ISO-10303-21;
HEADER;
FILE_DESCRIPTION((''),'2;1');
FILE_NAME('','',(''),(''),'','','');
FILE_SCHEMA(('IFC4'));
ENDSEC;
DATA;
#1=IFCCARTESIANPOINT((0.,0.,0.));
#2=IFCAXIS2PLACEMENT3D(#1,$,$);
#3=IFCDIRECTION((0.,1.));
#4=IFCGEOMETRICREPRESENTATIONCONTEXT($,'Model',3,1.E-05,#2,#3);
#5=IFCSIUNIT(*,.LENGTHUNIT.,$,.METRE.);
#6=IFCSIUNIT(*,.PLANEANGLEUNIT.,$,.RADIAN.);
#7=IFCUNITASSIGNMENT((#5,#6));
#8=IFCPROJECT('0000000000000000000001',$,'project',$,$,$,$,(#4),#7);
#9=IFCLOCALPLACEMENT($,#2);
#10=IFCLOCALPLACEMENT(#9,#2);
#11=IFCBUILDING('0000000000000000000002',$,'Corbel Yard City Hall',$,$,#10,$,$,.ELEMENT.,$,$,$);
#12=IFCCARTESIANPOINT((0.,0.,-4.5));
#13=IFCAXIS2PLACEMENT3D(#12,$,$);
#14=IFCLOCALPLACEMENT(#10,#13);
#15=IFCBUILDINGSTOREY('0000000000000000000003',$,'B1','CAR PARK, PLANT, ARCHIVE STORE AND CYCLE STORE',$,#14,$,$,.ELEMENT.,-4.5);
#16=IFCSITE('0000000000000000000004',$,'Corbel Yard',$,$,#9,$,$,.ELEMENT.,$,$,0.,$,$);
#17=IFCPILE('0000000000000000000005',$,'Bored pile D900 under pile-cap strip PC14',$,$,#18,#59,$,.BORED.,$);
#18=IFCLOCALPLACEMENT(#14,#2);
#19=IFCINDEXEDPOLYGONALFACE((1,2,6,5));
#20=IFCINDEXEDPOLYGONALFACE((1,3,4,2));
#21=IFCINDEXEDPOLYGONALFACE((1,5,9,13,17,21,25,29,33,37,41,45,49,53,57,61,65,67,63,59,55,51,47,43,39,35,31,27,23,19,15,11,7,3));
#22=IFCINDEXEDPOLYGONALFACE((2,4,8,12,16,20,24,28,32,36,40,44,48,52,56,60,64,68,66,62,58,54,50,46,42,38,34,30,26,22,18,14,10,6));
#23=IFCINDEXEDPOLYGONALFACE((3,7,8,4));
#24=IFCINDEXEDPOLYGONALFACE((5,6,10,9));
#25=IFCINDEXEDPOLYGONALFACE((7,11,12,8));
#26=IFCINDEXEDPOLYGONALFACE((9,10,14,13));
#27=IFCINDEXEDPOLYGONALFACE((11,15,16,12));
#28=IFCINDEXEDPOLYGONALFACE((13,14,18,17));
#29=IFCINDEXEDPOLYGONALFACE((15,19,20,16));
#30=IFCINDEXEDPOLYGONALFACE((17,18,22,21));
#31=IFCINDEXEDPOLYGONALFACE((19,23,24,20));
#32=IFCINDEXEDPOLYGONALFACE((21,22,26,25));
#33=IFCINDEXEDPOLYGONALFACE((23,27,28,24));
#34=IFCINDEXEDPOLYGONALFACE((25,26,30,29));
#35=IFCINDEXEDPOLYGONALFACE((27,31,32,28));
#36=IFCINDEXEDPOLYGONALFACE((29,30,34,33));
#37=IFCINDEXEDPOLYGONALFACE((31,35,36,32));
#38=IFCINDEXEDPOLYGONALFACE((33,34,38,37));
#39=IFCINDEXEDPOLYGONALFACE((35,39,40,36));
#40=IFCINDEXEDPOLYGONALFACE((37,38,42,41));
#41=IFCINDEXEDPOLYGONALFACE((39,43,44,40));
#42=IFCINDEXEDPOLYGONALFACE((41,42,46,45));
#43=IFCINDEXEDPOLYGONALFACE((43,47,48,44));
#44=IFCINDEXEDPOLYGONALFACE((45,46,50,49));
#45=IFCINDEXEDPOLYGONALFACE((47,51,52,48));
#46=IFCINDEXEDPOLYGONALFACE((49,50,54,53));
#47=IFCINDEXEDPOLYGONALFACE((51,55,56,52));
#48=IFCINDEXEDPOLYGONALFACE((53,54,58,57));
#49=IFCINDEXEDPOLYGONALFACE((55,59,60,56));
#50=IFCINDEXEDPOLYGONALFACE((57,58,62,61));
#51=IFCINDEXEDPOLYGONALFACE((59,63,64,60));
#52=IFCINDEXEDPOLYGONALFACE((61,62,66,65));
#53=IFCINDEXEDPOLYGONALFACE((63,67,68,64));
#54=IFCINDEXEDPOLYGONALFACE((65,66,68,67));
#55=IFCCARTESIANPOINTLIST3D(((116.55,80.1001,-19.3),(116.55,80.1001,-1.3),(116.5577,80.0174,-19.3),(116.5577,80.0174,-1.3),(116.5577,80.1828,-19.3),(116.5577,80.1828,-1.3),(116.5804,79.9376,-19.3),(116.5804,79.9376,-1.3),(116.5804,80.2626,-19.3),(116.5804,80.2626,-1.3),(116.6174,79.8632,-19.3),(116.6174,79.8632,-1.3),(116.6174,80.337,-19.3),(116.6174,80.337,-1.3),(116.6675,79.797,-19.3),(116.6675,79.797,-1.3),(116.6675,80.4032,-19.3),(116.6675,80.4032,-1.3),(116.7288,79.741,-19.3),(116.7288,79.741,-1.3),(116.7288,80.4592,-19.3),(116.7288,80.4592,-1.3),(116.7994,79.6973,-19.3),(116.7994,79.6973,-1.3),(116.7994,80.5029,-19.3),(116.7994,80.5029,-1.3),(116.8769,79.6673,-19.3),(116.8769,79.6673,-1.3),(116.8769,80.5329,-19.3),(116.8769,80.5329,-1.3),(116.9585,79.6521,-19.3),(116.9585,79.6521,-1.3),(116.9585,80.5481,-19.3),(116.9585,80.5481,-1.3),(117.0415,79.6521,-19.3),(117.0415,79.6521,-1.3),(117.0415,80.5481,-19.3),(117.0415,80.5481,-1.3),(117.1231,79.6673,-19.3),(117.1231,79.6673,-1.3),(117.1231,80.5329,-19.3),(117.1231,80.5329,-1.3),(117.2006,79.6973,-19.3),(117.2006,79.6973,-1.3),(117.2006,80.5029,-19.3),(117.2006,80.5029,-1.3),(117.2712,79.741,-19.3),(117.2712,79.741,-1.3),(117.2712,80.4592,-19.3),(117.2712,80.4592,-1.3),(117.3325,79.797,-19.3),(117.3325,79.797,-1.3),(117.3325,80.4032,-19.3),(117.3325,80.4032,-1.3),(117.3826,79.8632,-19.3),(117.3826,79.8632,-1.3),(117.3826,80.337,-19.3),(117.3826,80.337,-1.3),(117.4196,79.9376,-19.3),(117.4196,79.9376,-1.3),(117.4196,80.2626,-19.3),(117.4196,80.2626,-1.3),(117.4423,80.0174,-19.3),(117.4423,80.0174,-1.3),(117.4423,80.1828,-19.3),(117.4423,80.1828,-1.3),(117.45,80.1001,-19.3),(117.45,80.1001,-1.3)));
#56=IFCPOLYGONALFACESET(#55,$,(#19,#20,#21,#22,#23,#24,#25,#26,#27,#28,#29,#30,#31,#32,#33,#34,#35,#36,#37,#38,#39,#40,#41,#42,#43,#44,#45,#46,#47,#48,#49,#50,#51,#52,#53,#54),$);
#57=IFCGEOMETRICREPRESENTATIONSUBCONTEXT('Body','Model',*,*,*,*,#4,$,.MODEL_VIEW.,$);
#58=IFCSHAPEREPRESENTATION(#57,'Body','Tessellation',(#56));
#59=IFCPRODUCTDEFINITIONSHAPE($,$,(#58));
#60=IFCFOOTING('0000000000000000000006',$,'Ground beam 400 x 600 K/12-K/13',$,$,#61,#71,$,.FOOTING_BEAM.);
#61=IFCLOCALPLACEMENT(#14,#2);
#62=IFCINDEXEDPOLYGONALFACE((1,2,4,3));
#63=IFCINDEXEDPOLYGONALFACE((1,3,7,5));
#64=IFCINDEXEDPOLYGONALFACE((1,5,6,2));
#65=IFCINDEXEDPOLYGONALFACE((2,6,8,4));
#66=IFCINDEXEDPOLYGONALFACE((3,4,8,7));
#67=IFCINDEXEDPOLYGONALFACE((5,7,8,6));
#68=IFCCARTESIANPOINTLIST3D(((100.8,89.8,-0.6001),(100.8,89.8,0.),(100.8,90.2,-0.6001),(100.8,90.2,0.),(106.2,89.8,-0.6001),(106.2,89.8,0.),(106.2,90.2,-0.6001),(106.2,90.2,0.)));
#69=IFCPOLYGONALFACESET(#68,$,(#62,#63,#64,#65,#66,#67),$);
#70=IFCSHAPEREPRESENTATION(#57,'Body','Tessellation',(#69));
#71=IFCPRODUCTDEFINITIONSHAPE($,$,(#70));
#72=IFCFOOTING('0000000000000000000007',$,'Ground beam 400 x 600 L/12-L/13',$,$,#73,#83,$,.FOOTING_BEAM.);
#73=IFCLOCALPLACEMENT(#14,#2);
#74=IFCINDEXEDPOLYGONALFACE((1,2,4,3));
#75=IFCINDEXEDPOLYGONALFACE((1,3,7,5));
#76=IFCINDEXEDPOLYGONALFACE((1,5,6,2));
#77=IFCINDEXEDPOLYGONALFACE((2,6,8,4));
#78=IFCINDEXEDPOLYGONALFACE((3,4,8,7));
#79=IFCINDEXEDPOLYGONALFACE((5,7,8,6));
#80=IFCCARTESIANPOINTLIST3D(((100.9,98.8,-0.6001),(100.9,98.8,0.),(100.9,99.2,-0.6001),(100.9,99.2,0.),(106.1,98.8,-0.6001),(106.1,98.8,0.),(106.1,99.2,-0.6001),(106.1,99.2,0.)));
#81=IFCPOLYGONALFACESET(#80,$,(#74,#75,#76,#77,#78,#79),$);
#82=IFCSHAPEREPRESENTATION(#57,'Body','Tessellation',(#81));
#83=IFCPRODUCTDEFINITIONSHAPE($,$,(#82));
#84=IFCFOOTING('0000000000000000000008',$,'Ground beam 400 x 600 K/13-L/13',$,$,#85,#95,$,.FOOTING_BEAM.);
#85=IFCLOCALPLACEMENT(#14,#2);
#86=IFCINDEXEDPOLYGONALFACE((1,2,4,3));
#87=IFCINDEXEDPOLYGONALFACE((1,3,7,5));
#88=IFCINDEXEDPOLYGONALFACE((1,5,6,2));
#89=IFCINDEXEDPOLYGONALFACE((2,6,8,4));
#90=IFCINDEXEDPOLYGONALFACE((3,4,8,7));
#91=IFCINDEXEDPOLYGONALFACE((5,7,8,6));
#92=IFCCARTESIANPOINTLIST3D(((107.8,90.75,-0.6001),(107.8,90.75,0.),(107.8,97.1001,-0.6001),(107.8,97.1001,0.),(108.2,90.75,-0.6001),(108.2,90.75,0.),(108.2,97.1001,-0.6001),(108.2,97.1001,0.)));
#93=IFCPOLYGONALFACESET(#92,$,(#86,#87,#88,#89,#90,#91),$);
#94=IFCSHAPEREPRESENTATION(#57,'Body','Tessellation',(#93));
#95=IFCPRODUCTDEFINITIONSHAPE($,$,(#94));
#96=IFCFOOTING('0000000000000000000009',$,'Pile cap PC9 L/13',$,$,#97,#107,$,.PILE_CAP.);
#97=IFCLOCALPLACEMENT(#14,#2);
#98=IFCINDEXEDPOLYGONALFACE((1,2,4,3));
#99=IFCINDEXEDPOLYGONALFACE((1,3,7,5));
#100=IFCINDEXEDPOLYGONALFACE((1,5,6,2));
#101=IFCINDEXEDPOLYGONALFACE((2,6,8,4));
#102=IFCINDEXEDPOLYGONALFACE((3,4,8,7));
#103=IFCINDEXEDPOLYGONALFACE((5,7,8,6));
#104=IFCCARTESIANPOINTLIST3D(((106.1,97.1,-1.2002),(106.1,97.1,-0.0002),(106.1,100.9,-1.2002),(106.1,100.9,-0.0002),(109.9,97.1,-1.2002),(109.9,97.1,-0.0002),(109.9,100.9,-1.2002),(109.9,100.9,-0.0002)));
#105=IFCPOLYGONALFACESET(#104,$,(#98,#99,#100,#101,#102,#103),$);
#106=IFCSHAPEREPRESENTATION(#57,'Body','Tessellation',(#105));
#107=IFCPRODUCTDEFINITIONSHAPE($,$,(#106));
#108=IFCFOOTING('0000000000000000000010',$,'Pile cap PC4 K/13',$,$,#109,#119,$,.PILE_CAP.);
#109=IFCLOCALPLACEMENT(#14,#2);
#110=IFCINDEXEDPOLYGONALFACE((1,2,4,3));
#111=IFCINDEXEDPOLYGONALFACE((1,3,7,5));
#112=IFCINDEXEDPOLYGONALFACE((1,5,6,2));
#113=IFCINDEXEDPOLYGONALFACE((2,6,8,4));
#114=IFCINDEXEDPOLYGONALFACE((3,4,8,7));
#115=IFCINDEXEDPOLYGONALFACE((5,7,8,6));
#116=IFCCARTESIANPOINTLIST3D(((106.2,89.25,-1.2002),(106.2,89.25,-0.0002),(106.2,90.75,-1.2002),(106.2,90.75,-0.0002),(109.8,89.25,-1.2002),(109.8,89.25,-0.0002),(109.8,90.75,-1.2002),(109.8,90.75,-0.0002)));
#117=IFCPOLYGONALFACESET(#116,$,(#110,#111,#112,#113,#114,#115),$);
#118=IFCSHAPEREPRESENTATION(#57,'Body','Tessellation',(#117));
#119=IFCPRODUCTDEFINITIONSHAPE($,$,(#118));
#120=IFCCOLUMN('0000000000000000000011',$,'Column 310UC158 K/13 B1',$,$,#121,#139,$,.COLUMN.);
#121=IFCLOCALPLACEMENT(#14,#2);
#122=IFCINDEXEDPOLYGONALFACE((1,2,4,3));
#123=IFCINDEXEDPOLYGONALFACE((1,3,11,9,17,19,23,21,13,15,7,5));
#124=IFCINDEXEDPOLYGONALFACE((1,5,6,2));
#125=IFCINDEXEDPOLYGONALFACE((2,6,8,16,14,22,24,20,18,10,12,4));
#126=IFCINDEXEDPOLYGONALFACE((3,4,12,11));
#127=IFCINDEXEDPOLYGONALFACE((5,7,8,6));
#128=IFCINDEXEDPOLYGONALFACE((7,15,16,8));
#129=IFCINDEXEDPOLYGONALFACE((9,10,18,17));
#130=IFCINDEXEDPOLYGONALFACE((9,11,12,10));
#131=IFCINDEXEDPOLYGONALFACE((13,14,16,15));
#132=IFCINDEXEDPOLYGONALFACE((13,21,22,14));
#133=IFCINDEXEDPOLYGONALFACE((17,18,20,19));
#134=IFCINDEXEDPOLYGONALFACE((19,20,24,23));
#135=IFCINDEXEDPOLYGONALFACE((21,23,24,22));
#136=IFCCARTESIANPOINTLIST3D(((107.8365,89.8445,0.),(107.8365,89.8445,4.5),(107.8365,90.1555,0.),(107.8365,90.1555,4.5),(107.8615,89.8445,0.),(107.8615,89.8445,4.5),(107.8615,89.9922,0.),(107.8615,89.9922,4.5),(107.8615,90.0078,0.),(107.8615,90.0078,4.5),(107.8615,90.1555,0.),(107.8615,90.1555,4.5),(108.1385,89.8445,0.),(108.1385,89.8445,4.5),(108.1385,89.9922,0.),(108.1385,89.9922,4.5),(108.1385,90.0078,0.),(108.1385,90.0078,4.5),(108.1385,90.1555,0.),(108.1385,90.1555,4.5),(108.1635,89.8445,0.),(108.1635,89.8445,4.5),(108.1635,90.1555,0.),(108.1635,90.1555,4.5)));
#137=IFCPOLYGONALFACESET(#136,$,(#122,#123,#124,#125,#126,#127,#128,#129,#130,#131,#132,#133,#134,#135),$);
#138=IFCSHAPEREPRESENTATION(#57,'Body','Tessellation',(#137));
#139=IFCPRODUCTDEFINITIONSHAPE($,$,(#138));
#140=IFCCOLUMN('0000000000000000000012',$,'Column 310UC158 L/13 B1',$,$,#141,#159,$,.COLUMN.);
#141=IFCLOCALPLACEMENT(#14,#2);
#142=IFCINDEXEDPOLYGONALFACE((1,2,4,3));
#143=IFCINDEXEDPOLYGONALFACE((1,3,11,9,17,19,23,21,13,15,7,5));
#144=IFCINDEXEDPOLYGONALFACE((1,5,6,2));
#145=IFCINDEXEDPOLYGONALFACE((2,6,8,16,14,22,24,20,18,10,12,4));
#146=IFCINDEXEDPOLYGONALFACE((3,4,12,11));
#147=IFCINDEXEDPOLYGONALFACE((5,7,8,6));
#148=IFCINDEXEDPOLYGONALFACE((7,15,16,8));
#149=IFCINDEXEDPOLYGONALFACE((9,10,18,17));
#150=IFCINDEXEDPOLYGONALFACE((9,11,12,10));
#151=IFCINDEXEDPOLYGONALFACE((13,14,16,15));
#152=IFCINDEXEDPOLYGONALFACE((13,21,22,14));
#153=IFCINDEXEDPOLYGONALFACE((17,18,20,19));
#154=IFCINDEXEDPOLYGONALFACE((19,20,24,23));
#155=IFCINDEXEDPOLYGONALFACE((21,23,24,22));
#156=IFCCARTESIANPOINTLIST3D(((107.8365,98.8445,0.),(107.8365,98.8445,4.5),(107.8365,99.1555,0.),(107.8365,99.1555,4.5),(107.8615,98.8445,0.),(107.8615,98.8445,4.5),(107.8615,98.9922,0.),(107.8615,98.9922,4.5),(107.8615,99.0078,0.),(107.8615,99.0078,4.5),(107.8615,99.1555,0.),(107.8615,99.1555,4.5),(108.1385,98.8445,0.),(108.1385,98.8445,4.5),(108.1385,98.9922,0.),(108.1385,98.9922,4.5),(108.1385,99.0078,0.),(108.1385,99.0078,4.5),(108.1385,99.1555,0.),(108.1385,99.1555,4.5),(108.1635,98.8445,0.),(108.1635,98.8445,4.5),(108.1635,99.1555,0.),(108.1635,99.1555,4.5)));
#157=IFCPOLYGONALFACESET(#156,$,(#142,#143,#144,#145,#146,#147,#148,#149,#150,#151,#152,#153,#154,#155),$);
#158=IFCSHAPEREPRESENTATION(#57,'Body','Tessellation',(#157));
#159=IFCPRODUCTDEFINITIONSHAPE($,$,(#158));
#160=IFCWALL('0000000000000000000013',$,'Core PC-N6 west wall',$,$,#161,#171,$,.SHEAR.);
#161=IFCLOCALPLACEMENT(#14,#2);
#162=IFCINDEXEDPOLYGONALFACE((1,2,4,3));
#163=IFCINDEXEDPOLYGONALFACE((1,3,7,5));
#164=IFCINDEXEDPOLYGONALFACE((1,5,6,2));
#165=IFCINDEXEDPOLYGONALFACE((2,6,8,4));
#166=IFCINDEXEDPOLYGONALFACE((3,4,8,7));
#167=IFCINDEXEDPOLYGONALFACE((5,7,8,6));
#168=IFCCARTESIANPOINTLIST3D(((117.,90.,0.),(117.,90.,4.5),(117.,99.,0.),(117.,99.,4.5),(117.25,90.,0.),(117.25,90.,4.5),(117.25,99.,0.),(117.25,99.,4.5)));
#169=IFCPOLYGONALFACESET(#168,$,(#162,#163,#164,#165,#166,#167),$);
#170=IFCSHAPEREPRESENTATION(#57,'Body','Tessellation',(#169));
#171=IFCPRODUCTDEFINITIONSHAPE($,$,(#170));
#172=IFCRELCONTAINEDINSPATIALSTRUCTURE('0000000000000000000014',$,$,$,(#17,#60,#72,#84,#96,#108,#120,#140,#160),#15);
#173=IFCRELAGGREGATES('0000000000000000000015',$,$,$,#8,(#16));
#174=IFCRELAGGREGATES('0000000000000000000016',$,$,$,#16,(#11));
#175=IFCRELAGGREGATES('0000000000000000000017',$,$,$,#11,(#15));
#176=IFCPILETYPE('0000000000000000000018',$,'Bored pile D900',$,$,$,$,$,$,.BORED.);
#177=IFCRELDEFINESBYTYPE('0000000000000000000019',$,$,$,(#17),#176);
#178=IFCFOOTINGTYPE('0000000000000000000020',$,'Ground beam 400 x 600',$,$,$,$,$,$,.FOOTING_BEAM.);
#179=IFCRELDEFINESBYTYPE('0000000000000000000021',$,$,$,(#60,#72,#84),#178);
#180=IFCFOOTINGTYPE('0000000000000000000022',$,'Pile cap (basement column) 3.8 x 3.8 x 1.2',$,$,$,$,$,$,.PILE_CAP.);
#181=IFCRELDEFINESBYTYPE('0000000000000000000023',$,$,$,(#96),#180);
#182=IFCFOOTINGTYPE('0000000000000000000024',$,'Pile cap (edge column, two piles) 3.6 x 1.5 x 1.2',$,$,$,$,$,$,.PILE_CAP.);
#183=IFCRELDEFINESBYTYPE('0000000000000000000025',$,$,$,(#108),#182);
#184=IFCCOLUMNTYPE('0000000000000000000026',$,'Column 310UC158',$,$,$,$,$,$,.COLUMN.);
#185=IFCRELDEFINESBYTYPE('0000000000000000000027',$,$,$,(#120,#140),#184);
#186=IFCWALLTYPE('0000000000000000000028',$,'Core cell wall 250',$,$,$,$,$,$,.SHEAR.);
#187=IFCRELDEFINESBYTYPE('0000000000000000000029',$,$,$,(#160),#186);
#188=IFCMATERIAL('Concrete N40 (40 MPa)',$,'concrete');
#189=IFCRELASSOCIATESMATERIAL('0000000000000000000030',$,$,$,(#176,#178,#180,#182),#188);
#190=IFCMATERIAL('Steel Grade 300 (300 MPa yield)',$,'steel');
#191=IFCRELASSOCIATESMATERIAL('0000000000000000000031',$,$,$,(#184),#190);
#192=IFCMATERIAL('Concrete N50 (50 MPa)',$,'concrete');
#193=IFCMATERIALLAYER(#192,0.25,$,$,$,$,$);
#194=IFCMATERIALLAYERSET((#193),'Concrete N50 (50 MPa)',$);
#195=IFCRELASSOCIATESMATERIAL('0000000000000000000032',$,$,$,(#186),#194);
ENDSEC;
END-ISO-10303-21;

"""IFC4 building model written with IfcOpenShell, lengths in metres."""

from ifc_helpers import new_model, si_unit, direction, frame, frame_2d, origin, origin_2d, place, context, subcontext, project, spatial, rectangle, circle, i_section, extrude, material, layer, layer_set, material_profile, profile_set, type_object, element, save


model = new_model("IFC4")

# Units and contexts
model_context = context("Model", 3, precision=1e-05, world=origin(), true_north=direction((0.0, 1.0)))
body_context = subcontext(model_context, "Body", "Model", "MODEL_VIEW")
ifc_project = project(units=[si_unit("LENGTHUNIT", "METRE"), si_unit("PLANEANGLEUNIT", "RADIAN")], contexts=[model_context])

# Site, building, storey
site_placement = place(None, origin())
site = spatial("IfcSite", under=ifc_project, at=site_placement, Name="Corbel Yard", CompositionType="ELEMENT", RefElevation=0.0)
building_placement = place(site_placement, origin())
building = spatial("IfcBuilding", under=site, at=building_placement, Name="Corbel Yard City Hall", CompositionType="ELEMENT")
storey_placement = place(building_placement, frame((0.0, 0.0, -4.5)))
storey = spatial("IfcBuildingStorey", under=building, at=storey_placement, Name="B1", Description="CAR PARK, PLANT, ARCHIVE STORE AND CYCLE STORE", CompositionType="ELEMENT", Elevation=-4.5)

# Pile
ifc_material_1 = material(Name="Concrete N40 (40 MPa)", Category="concrete")
ifc_material_profile_1 = material_profile(ifc_material_1, circle(Radius=0.45, at=origin_2d()), Name="D900")
ifc_profile_set_1 = profile_set([ifc_material_profile_1], Name="Concrete N40 (40 MPa)")
pile_type = type_object("IfcPileType", Name="Bored pile D900", PredefinedType="BORED", material=ifc_profile_set_1)
for number, where, z_axis, x_axis, name in (
    (1, (117.0, 80.1001, -1.3), (0.0, 0.0, -1.0), (1.0, 0.0, 0.0), "Bored pile D900 under pile-cap strip PC14"),
):
    element("IfcPile", number, at=place(storey_placement, frame(where, z_axis=z_axis, x_axis=x_axis)), inside=storey, type_object=pile_type, Name=name, PredefinedType="BORED", context=body_context, shape_type="SweptSolid", body=[
        extrude(circle(Radius=0.45, at=origin_2d()), origin(), (0.0, 0.0, 1.0), 18.0),
    ])

# Footings
footing_type_1 = type_object("IfcFootingType", Name="Ground beam 400 x 600", PredefinedType="FOOTING_BEAM", material=ifc_material_1)
footing_1_placement = place(storey_placement, frame((103.5, 90.0, -0.6001), z_axis=(0.0, 0.0, 1.0), x_axis=(1.0, 0.0, 0.0)))
element("IfcFooting", 2, at=footing_1_placement, inside=storey, type_object=footing_type_1, Name="Ground beam 400 x 600 K/12-K/13", PredefinedType="FOOTING_BEAM", context=body_context, shape_type="SweptSolid", body=[
    extrude(rectangle(XDim=5.3999, YDim=0.3999, at=origin_2d()), origin(), (0.0, 0.0, 1.0), 0.6001),
])
footing_2_placement = place(storey_placement, frame((103.5, 99.0, -0.6001), z_axis=(0.0, 0.0, 1.0), x_axis=(1.0, 0.0, 0.0)))
element("IfcFooting", 3, at=footing_2_placement, inside=storey, type_object=footing_type_1, Name="Ground beam 400 x 600 L/12-L/13", PredefinedType="FOOTING_BEAM", context=body_context, shape_type="SweptSolid", body=[
    extrude(rectangle(XDim=5.2, YDim=0.3999, at=origin_2d()), origin(), (0.0, 0.0, 1.0), 0.6001),
])
footing_3_placement = place(storey_placement, frame((108.0, 93.925, -0.6001), z_axis=(0.0, 0.0, 1.0), x_axis=(1.0, 0.0, 0.0)))
element("IfcFooting", 4, at=footing_3_placement, inside=storey, type_object=footing_type_1, Name="Ground beam 400 x 600 K/13-L/13", PredefinedType="FOOTING_BEAM", context=body_context, shape_type="SweptSolid", body=[
    extrude(rectangle(XDim=0.3999, YDim=6.3501, at=origin_2d()), origin(), (0.0, 0.0, 1.0), 0.6001),
])
footing_type_2 = type_object("IfcFootingType", Name="Pile cap (basement column) 3.8 x 3.8 x 1.2", PredefinedType="PILE_CAP", material=ifc_material_1)
footing_4_placement = place(storey_placement, frame((108.0, 99.0, -1.2002), z_axis=(0.0, 0.0, 1.0), x_axis=(1.0, 0.0, 0.0)))
element("IfcFooting", 5, at=footing_4_placement, inside=storey, type_object=footing_type_2, Name="Pile cap PC9 L/13", PredefinedType="PILE_CAP", context=body_context, shape_type="SweptSolid", body=[
    extrude(rectangle(XDim=3.8, YDim=3.8, at=origin_2d()), origin(), (0.0, 0.0, 1.0), 1.2),
])
footing_type_3 = type_object("IfcFootingType", Name="Pile cap (edge column, two piles) 3.6 x 1.5 x 1.2", PredefinedType="PILE_CAP", material=ifc_material_1)
footing_5_placement = place(storey_placement, frame((108.0, 90.0, -1.2002), z_axis=(0.0, 0.0, 1.0), x_axis=(1.0, 0.0, 0.0)))
element("IfcFooting", 6, at=footing_5_placement, inside=storey, type_object=footing_type_3, Name="Pile cap PC4 K/13", PredefinedType="PILE_CAP", context=body_context, shape_type="SweptSolid", body=[
    extrude(rectangle(XDim=3.6001, YDim=1.5, at=origin_2d()), origin(), (0.0, 0.0, 1.0), 1.2),
])

# Columns
ifc_material_2 = material(Name="Steel Grade 300 (300 MPa yield)", Category="steel")
ifc_material_profile_2 = material_profile(ifc_material_2, i_section(OverallWidth=0.311, OverallDepth=0.3269, WebThickness=0.0156, FlangeThickness=0.0249, at=origin_2d()), Name="310UC158")
ifc_profile_set_2 = profile_set([ifc_material_profile_2], Name="Steel Grade 300 (300 MPa yield)")
column_type = type_object("IfcColumnType", Name="Column 310UC158", PredefinedType="COLUMN", material=ifc_profile_set_2)
for number, where, z_axis, x_axis, name in (
    (7, (108.0, 90.0, 0.0), (0.0, 0.0, 1.0), (0.0, 1.0, 0.0), "Column 310UC158 K/13 B1"),
    (8, (108.0, 99.0, 0.0), (0.0, 0.0, 1.0), (0.0, 1.0, 0.0), "Column 310UC158 L/13 B1"),
):
    element("IfcColumn", number, at=place(storey_placement, frame(where, z_axis=z_axis, x_axis=x_axis)), inside=storey, type_object=column_type, Name=name, PredefinedType="COLUMN", context=body_context, shape_type="SweptSolid", body=[
        extrude(i_section(OverallWidth=0.311, OverallDepth=0.3269, WebThickness=0.0156, FlangeThickness=0.0249, at=origin_2d()), origin(), (0.0, 0.0, 1.0), 4.5),
    ])

# Wall
ifc_material_3 = material(Name="Concrete N50 (50 MPa)", Category="concrete")
ifc_layer = layer(ifc_material_3, 0.25)
ifc_layer_set = layer_set([ifc_layer], Name="Concrete N50 (50 MPa)")
wall_type = type_object("IfcWallType", Name="Core cell wall 250", PredefinedType="SHEAR", material=ifc_layer_set)
wall_1_placement = place(storey_placement, frame((117.125, 90.0, 0.0), z_axis=(0.0, 0.0, 1.0), x_axis=(0.0, 1.0, 0.0)))
element("IfcWall", 9, at=wall_1_placement, inside=storey, type_object=wall_type, Name="Core PC-N6 west wall", PredefinedType="SHEAR", context=body_context, shape_type="SweptSolid", body=[
    extrude(rectangle(XDim=9.0, YDim=0.25, at=frame_2d((4.5, 0.0))), origin(), (0.0, 0.0, 1.0), 4.5),
])

save(model, "model.ifc")
